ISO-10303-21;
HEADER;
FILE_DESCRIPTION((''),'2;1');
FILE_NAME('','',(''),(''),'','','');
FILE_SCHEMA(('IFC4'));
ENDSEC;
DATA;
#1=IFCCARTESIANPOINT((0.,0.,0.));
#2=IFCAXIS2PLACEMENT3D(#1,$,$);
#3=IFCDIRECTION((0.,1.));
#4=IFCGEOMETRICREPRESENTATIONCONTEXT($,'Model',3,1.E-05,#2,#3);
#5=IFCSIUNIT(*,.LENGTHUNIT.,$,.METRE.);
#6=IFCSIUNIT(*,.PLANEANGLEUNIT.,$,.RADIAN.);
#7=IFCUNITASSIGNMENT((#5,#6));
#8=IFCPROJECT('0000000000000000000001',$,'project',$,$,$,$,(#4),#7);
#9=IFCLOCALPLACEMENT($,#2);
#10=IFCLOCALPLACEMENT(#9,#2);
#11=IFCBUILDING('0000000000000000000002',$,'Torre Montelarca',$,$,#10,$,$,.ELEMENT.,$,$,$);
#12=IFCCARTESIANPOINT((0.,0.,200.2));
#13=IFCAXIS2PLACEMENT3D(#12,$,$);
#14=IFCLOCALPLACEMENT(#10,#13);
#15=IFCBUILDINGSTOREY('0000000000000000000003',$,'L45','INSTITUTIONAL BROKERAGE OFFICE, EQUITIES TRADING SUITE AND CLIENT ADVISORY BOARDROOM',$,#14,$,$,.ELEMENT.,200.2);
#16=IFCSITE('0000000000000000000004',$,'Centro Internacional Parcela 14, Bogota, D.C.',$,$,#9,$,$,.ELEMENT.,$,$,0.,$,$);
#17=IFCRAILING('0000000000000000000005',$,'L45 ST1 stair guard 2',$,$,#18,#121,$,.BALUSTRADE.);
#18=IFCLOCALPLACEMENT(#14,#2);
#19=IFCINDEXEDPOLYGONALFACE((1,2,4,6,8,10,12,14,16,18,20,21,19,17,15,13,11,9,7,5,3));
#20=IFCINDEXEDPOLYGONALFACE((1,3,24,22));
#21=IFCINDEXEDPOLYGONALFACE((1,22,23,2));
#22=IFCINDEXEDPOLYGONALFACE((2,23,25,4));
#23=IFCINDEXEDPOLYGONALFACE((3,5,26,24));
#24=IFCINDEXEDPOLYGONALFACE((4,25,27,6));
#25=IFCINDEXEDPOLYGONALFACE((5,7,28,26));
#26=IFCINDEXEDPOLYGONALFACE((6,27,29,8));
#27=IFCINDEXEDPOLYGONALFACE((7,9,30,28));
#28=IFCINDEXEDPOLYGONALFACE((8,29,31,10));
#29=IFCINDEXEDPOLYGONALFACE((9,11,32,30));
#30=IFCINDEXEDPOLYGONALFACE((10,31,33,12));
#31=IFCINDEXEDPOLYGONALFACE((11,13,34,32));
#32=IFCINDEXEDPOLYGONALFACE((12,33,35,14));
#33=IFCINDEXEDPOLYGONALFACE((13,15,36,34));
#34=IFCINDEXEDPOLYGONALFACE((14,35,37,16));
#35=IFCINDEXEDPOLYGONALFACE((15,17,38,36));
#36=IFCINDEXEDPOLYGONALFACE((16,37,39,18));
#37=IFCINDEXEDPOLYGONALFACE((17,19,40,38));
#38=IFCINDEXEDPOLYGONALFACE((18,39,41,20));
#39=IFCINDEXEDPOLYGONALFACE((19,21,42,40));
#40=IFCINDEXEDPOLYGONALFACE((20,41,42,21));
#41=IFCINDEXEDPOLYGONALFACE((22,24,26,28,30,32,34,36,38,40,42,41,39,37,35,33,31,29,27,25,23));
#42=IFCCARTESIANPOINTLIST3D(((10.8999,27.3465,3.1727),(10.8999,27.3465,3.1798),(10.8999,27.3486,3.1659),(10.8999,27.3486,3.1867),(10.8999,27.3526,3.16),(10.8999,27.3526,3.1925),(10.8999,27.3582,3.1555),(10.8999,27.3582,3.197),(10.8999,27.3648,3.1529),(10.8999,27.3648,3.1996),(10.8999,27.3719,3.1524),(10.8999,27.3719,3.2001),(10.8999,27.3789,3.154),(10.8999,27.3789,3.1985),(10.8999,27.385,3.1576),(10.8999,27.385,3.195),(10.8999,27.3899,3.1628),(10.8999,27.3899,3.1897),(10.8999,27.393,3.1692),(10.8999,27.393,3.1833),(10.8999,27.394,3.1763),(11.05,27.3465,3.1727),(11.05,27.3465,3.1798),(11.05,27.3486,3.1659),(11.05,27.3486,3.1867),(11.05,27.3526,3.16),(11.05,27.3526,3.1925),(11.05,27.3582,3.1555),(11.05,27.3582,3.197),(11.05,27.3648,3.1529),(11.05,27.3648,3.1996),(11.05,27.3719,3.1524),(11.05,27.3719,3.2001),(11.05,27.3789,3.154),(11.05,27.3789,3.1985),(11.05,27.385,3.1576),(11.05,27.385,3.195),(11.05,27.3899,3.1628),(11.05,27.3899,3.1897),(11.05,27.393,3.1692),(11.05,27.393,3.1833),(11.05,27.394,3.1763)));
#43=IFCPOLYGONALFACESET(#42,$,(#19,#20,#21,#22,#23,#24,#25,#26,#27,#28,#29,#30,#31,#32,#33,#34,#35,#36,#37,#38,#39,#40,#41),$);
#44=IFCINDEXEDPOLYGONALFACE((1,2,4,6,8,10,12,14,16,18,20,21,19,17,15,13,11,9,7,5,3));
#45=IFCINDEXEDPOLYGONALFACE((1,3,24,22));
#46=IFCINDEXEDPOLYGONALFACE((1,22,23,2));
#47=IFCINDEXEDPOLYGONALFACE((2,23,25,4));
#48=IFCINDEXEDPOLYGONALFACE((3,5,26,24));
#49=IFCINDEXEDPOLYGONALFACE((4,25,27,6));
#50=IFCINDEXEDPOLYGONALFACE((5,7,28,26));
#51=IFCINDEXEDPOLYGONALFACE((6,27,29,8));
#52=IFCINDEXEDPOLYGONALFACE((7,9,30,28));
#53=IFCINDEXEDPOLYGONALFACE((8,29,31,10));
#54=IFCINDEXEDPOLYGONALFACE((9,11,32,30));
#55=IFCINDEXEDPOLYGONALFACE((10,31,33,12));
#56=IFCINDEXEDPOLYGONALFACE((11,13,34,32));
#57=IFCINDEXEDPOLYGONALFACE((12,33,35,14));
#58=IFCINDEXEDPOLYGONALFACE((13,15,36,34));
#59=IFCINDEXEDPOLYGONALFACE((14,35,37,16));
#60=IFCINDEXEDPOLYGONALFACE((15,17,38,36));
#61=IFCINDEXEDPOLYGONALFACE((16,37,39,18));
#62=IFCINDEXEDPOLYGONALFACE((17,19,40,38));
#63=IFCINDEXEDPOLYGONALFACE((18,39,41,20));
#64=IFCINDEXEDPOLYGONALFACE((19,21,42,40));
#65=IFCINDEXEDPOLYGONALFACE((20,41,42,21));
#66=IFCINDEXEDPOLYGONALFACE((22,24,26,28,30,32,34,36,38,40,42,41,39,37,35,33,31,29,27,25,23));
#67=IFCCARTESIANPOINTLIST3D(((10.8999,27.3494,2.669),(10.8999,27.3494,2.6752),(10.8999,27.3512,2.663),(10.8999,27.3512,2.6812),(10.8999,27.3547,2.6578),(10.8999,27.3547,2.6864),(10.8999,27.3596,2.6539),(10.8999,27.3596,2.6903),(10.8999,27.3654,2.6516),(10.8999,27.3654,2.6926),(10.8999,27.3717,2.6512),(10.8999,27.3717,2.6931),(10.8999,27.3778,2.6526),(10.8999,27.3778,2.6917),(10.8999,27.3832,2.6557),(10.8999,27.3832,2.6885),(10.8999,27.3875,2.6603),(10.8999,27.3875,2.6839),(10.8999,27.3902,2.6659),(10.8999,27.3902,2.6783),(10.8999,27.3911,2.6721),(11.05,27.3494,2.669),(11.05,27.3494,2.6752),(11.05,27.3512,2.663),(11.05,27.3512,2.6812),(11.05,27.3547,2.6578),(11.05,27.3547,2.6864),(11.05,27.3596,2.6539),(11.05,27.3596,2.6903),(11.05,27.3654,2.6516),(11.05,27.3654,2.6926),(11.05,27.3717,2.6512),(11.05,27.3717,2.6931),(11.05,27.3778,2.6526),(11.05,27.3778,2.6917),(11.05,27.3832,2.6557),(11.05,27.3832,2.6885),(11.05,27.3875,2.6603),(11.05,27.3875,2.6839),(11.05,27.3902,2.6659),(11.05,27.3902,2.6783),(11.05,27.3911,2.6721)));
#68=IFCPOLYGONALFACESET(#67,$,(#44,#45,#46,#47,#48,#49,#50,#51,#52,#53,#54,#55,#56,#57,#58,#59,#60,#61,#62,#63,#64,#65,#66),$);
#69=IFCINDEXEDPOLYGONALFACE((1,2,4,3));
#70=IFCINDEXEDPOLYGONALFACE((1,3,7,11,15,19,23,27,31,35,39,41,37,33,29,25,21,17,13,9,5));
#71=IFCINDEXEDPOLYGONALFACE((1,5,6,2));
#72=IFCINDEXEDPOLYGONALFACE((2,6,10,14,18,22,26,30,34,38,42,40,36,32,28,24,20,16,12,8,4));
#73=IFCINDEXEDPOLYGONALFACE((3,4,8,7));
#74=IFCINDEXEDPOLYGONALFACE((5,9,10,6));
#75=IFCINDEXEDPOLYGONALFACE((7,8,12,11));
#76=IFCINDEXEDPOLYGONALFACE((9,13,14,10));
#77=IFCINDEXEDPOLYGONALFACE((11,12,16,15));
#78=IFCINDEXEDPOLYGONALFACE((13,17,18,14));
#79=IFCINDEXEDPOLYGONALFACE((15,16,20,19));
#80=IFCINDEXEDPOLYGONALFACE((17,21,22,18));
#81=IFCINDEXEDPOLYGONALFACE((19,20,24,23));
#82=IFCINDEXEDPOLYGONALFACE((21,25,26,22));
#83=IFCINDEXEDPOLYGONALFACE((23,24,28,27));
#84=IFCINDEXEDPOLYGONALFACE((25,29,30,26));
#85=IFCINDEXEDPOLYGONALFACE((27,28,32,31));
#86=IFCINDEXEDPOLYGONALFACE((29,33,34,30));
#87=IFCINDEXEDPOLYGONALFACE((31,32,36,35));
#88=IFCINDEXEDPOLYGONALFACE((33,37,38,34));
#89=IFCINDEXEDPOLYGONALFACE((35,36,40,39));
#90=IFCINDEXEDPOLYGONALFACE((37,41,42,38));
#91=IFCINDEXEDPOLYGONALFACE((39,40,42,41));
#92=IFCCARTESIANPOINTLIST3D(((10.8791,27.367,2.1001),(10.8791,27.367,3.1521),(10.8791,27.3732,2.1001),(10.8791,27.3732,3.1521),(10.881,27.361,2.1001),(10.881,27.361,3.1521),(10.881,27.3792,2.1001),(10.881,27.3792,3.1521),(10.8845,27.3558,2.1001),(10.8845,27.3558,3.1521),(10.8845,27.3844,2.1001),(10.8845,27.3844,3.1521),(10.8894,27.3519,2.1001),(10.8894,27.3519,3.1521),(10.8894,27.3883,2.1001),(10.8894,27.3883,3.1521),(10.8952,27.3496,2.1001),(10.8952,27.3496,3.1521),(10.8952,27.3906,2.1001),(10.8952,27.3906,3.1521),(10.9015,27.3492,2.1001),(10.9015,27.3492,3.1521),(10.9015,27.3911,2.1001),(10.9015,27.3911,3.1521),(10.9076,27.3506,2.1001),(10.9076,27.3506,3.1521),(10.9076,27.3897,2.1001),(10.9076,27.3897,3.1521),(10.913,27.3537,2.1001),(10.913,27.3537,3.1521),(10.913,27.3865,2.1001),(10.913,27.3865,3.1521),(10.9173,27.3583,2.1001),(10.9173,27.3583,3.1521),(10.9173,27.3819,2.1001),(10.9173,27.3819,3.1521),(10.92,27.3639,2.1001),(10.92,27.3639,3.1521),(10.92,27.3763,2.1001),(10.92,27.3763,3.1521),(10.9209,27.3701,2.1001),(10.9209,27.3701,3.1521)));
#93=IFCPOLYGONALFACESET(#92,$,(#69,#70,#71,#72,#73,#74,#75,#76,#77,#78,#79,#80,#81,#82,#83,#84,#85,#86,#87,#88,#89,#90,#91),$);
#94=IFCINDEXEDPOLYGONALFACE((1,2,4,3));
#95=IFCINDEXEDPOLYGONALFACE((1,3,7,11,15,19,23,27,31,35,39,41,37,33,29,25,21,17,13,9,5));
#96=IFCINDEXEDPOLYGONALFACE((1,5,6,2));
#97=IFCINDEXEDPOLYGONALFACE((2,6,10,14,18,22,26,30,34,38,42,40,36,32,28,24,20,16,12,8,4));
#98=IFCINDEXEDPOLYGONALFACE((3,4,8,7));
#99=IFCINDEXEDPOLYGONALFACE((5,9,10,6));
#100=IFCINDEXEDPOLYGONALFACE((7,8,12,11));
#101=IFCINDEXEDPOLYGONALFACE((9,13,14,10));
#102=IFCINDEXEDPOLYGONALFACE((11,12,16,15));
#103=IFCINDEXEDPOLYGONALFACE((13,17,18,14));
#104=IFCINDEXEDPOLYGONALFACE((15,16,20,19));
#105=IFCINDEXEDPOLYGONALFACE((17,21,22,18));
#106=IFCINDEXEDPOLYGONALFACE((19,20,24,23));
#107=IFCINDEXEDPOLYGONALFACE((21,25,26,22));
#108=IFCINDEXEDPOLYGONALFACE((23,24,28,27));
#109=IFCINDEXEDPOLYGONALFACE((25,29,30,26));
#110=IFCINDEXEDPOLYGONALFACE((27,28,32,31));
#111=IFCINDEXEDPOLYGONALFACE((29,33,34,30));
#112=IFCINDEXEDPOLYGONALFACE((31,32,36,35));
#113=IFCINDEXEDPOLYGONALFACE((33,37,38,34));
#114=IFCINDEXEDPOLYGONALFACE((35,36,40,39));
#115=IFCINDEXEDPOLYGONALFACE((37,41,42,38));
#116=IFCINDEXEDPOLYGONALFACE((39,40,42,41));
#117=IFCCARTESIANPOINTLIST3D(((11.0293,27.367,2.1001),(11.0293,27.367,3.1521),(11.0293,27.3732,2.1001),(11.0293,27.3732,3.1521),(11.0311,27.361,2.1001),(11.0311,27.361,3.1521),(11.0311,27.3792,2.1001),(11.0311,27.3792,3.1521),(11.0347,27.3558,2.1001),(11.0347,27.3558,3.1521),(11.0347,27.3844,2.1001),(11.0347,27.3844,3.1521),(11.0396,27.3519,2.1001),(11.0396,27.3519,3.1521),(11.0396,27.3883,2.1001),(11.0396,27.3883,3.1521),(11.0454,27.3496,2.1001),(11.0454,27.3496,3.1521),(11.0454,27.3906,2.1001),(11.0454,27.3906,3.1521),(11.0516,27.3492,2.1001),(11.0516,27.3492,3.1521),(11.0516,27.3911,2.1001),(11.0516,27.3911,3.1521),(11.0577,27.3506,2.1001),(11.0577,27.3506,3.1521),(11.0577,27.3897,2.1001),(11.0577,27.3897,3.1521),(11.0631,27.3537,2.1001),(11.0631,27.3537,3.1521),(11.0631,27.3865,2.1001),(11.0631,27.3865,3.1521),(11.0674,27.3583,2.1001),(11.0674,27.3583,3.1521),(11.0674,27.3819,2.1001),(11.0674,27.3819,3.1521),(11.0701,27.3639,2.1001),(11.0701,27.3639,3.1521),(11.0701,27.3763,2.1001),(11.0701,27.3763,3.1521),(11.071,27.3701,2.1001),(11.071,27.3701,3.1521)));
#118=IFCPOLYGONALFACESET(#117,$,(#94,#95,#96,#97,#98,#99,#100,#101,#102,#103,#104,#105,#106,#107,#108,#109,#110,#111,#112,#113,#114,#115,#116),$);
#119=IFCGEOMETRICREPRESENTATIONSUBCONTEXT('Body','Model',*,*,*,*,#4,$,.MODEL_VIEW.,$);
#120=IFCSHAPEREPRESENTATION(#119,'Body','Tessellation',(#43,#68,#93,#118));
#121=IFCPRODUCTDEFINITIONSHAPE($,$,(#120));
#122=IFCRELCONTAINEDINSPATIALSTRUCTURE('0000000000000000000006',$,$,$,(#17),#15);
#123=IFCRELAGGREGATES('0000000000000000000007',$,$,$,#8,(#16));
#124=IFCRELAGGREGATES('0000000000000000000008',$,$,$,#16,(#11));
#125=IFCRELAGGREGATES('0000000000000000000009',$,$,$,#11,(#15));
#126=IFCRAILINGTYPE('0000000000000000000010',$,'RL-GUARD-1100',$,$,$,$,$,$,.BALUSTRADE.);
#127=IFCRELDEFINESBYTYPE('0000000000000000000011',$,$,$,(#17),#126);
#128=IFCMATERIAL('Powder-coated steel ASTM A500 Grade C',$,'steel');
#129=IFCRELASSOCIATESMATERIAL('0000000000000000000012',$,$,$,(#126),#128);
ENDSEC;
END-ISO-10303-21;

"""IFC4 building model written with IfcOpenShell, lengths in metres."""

from ifc_helpers import new_model, si_unit, direction, frame, origin, origin_2d, place, context, subcontext, project, spatial, circle, extrude, material, type_object, element, save


model = new_model("IFC4")

# Units and contexts
model_context = context("Model", 3, precision=1e-05, world=origin(), true_north=direction((0.0, 1.0)))
body_context = subcontext(model_context, "Body", "Model", "MODEL_VIEW")
ifc_project = project(units=[si_unit("LENGTHUNIT", "METRE"), si_unit("PLANEANGLEUNIT", "RADIAN")], contexts=[model_context])

# Site, building, storey
site_placement = place(None, origin())
site = spatial("IfcSite", under=ifc_project, at=site_placement, Name="Centro Internacional Parcela 14, Bogota, D.C.", CompositionType="ELEMENT", RefElevation=0.0)
building_placement = place(site_placement, origin())
building = spatial("IfcBuilding", under=site, at=building_placement, Name="Torre Montelarca", CompositionType="ELEMENT")
storey_placement = place(building_placement, frame((0.0, 0.0, 200.2)))
storey = spatial("IfcBuildingStorey", under=building, at=storey_placement, Name="L45", Description="INSTITUTIONAL BROKERAGE OFFICE, EQUITIES TRADING SUITE AND CLIENT ADVISORY BOARDROOM", CompositionType="ELEMENT", Elevation=200.2)

# Railing
ifc_material_1 = material(Name="Powder-coated steel ASTM A500 Grade C", Category="steel")
railing_type_1 = type_object("IfcRailingType", Name="RL-GUARD-1100", PredefinedType="BALUSTRADE", material=ifc_material_1)
railing_1_placement = place(storey_placement, frame((10.8999, 27.3701, 2.1001)))
element("IfcRailing", 1, at=railing_1_placement, inside=storey, type_object=railing_type_1, Name="L45 ST1 stair guard 2", PredefinedType="BALUSTRADE", context=body_context, shape_type="SweptSolid", body=[
    extrude(circle(Radius=0.0239, at=origin_2d()), frame((0.0, 0.0, 1.0762), z_axis=(1.0, 0.0, 0.0), x_axis=(0.0, 1.0, 0.0)), (0.0, 0.0, 1.0), 0.1501),
    extrude(circle(Radius=0.021, at=origin_2d()), frame((0.0, 0.0, 0.572), z_axis=(1.0, 0.0, 0.0), x_axis=(0.0, 1.0, 0.0)), (0.0, 0.0, 1.0), 0.1501),
    extrude(circle(Radius=0.021, at=origin_2d()), origin(), (0.0, 0.0, 1.0), 1.052),
    extrude(circle(Radius=0.021, at=origin_2d()), frame((0.1501, 0.0, 0.0)), (0.0, 0.0, 1.0), 1.052),
])

save(model, "model.ifc")
